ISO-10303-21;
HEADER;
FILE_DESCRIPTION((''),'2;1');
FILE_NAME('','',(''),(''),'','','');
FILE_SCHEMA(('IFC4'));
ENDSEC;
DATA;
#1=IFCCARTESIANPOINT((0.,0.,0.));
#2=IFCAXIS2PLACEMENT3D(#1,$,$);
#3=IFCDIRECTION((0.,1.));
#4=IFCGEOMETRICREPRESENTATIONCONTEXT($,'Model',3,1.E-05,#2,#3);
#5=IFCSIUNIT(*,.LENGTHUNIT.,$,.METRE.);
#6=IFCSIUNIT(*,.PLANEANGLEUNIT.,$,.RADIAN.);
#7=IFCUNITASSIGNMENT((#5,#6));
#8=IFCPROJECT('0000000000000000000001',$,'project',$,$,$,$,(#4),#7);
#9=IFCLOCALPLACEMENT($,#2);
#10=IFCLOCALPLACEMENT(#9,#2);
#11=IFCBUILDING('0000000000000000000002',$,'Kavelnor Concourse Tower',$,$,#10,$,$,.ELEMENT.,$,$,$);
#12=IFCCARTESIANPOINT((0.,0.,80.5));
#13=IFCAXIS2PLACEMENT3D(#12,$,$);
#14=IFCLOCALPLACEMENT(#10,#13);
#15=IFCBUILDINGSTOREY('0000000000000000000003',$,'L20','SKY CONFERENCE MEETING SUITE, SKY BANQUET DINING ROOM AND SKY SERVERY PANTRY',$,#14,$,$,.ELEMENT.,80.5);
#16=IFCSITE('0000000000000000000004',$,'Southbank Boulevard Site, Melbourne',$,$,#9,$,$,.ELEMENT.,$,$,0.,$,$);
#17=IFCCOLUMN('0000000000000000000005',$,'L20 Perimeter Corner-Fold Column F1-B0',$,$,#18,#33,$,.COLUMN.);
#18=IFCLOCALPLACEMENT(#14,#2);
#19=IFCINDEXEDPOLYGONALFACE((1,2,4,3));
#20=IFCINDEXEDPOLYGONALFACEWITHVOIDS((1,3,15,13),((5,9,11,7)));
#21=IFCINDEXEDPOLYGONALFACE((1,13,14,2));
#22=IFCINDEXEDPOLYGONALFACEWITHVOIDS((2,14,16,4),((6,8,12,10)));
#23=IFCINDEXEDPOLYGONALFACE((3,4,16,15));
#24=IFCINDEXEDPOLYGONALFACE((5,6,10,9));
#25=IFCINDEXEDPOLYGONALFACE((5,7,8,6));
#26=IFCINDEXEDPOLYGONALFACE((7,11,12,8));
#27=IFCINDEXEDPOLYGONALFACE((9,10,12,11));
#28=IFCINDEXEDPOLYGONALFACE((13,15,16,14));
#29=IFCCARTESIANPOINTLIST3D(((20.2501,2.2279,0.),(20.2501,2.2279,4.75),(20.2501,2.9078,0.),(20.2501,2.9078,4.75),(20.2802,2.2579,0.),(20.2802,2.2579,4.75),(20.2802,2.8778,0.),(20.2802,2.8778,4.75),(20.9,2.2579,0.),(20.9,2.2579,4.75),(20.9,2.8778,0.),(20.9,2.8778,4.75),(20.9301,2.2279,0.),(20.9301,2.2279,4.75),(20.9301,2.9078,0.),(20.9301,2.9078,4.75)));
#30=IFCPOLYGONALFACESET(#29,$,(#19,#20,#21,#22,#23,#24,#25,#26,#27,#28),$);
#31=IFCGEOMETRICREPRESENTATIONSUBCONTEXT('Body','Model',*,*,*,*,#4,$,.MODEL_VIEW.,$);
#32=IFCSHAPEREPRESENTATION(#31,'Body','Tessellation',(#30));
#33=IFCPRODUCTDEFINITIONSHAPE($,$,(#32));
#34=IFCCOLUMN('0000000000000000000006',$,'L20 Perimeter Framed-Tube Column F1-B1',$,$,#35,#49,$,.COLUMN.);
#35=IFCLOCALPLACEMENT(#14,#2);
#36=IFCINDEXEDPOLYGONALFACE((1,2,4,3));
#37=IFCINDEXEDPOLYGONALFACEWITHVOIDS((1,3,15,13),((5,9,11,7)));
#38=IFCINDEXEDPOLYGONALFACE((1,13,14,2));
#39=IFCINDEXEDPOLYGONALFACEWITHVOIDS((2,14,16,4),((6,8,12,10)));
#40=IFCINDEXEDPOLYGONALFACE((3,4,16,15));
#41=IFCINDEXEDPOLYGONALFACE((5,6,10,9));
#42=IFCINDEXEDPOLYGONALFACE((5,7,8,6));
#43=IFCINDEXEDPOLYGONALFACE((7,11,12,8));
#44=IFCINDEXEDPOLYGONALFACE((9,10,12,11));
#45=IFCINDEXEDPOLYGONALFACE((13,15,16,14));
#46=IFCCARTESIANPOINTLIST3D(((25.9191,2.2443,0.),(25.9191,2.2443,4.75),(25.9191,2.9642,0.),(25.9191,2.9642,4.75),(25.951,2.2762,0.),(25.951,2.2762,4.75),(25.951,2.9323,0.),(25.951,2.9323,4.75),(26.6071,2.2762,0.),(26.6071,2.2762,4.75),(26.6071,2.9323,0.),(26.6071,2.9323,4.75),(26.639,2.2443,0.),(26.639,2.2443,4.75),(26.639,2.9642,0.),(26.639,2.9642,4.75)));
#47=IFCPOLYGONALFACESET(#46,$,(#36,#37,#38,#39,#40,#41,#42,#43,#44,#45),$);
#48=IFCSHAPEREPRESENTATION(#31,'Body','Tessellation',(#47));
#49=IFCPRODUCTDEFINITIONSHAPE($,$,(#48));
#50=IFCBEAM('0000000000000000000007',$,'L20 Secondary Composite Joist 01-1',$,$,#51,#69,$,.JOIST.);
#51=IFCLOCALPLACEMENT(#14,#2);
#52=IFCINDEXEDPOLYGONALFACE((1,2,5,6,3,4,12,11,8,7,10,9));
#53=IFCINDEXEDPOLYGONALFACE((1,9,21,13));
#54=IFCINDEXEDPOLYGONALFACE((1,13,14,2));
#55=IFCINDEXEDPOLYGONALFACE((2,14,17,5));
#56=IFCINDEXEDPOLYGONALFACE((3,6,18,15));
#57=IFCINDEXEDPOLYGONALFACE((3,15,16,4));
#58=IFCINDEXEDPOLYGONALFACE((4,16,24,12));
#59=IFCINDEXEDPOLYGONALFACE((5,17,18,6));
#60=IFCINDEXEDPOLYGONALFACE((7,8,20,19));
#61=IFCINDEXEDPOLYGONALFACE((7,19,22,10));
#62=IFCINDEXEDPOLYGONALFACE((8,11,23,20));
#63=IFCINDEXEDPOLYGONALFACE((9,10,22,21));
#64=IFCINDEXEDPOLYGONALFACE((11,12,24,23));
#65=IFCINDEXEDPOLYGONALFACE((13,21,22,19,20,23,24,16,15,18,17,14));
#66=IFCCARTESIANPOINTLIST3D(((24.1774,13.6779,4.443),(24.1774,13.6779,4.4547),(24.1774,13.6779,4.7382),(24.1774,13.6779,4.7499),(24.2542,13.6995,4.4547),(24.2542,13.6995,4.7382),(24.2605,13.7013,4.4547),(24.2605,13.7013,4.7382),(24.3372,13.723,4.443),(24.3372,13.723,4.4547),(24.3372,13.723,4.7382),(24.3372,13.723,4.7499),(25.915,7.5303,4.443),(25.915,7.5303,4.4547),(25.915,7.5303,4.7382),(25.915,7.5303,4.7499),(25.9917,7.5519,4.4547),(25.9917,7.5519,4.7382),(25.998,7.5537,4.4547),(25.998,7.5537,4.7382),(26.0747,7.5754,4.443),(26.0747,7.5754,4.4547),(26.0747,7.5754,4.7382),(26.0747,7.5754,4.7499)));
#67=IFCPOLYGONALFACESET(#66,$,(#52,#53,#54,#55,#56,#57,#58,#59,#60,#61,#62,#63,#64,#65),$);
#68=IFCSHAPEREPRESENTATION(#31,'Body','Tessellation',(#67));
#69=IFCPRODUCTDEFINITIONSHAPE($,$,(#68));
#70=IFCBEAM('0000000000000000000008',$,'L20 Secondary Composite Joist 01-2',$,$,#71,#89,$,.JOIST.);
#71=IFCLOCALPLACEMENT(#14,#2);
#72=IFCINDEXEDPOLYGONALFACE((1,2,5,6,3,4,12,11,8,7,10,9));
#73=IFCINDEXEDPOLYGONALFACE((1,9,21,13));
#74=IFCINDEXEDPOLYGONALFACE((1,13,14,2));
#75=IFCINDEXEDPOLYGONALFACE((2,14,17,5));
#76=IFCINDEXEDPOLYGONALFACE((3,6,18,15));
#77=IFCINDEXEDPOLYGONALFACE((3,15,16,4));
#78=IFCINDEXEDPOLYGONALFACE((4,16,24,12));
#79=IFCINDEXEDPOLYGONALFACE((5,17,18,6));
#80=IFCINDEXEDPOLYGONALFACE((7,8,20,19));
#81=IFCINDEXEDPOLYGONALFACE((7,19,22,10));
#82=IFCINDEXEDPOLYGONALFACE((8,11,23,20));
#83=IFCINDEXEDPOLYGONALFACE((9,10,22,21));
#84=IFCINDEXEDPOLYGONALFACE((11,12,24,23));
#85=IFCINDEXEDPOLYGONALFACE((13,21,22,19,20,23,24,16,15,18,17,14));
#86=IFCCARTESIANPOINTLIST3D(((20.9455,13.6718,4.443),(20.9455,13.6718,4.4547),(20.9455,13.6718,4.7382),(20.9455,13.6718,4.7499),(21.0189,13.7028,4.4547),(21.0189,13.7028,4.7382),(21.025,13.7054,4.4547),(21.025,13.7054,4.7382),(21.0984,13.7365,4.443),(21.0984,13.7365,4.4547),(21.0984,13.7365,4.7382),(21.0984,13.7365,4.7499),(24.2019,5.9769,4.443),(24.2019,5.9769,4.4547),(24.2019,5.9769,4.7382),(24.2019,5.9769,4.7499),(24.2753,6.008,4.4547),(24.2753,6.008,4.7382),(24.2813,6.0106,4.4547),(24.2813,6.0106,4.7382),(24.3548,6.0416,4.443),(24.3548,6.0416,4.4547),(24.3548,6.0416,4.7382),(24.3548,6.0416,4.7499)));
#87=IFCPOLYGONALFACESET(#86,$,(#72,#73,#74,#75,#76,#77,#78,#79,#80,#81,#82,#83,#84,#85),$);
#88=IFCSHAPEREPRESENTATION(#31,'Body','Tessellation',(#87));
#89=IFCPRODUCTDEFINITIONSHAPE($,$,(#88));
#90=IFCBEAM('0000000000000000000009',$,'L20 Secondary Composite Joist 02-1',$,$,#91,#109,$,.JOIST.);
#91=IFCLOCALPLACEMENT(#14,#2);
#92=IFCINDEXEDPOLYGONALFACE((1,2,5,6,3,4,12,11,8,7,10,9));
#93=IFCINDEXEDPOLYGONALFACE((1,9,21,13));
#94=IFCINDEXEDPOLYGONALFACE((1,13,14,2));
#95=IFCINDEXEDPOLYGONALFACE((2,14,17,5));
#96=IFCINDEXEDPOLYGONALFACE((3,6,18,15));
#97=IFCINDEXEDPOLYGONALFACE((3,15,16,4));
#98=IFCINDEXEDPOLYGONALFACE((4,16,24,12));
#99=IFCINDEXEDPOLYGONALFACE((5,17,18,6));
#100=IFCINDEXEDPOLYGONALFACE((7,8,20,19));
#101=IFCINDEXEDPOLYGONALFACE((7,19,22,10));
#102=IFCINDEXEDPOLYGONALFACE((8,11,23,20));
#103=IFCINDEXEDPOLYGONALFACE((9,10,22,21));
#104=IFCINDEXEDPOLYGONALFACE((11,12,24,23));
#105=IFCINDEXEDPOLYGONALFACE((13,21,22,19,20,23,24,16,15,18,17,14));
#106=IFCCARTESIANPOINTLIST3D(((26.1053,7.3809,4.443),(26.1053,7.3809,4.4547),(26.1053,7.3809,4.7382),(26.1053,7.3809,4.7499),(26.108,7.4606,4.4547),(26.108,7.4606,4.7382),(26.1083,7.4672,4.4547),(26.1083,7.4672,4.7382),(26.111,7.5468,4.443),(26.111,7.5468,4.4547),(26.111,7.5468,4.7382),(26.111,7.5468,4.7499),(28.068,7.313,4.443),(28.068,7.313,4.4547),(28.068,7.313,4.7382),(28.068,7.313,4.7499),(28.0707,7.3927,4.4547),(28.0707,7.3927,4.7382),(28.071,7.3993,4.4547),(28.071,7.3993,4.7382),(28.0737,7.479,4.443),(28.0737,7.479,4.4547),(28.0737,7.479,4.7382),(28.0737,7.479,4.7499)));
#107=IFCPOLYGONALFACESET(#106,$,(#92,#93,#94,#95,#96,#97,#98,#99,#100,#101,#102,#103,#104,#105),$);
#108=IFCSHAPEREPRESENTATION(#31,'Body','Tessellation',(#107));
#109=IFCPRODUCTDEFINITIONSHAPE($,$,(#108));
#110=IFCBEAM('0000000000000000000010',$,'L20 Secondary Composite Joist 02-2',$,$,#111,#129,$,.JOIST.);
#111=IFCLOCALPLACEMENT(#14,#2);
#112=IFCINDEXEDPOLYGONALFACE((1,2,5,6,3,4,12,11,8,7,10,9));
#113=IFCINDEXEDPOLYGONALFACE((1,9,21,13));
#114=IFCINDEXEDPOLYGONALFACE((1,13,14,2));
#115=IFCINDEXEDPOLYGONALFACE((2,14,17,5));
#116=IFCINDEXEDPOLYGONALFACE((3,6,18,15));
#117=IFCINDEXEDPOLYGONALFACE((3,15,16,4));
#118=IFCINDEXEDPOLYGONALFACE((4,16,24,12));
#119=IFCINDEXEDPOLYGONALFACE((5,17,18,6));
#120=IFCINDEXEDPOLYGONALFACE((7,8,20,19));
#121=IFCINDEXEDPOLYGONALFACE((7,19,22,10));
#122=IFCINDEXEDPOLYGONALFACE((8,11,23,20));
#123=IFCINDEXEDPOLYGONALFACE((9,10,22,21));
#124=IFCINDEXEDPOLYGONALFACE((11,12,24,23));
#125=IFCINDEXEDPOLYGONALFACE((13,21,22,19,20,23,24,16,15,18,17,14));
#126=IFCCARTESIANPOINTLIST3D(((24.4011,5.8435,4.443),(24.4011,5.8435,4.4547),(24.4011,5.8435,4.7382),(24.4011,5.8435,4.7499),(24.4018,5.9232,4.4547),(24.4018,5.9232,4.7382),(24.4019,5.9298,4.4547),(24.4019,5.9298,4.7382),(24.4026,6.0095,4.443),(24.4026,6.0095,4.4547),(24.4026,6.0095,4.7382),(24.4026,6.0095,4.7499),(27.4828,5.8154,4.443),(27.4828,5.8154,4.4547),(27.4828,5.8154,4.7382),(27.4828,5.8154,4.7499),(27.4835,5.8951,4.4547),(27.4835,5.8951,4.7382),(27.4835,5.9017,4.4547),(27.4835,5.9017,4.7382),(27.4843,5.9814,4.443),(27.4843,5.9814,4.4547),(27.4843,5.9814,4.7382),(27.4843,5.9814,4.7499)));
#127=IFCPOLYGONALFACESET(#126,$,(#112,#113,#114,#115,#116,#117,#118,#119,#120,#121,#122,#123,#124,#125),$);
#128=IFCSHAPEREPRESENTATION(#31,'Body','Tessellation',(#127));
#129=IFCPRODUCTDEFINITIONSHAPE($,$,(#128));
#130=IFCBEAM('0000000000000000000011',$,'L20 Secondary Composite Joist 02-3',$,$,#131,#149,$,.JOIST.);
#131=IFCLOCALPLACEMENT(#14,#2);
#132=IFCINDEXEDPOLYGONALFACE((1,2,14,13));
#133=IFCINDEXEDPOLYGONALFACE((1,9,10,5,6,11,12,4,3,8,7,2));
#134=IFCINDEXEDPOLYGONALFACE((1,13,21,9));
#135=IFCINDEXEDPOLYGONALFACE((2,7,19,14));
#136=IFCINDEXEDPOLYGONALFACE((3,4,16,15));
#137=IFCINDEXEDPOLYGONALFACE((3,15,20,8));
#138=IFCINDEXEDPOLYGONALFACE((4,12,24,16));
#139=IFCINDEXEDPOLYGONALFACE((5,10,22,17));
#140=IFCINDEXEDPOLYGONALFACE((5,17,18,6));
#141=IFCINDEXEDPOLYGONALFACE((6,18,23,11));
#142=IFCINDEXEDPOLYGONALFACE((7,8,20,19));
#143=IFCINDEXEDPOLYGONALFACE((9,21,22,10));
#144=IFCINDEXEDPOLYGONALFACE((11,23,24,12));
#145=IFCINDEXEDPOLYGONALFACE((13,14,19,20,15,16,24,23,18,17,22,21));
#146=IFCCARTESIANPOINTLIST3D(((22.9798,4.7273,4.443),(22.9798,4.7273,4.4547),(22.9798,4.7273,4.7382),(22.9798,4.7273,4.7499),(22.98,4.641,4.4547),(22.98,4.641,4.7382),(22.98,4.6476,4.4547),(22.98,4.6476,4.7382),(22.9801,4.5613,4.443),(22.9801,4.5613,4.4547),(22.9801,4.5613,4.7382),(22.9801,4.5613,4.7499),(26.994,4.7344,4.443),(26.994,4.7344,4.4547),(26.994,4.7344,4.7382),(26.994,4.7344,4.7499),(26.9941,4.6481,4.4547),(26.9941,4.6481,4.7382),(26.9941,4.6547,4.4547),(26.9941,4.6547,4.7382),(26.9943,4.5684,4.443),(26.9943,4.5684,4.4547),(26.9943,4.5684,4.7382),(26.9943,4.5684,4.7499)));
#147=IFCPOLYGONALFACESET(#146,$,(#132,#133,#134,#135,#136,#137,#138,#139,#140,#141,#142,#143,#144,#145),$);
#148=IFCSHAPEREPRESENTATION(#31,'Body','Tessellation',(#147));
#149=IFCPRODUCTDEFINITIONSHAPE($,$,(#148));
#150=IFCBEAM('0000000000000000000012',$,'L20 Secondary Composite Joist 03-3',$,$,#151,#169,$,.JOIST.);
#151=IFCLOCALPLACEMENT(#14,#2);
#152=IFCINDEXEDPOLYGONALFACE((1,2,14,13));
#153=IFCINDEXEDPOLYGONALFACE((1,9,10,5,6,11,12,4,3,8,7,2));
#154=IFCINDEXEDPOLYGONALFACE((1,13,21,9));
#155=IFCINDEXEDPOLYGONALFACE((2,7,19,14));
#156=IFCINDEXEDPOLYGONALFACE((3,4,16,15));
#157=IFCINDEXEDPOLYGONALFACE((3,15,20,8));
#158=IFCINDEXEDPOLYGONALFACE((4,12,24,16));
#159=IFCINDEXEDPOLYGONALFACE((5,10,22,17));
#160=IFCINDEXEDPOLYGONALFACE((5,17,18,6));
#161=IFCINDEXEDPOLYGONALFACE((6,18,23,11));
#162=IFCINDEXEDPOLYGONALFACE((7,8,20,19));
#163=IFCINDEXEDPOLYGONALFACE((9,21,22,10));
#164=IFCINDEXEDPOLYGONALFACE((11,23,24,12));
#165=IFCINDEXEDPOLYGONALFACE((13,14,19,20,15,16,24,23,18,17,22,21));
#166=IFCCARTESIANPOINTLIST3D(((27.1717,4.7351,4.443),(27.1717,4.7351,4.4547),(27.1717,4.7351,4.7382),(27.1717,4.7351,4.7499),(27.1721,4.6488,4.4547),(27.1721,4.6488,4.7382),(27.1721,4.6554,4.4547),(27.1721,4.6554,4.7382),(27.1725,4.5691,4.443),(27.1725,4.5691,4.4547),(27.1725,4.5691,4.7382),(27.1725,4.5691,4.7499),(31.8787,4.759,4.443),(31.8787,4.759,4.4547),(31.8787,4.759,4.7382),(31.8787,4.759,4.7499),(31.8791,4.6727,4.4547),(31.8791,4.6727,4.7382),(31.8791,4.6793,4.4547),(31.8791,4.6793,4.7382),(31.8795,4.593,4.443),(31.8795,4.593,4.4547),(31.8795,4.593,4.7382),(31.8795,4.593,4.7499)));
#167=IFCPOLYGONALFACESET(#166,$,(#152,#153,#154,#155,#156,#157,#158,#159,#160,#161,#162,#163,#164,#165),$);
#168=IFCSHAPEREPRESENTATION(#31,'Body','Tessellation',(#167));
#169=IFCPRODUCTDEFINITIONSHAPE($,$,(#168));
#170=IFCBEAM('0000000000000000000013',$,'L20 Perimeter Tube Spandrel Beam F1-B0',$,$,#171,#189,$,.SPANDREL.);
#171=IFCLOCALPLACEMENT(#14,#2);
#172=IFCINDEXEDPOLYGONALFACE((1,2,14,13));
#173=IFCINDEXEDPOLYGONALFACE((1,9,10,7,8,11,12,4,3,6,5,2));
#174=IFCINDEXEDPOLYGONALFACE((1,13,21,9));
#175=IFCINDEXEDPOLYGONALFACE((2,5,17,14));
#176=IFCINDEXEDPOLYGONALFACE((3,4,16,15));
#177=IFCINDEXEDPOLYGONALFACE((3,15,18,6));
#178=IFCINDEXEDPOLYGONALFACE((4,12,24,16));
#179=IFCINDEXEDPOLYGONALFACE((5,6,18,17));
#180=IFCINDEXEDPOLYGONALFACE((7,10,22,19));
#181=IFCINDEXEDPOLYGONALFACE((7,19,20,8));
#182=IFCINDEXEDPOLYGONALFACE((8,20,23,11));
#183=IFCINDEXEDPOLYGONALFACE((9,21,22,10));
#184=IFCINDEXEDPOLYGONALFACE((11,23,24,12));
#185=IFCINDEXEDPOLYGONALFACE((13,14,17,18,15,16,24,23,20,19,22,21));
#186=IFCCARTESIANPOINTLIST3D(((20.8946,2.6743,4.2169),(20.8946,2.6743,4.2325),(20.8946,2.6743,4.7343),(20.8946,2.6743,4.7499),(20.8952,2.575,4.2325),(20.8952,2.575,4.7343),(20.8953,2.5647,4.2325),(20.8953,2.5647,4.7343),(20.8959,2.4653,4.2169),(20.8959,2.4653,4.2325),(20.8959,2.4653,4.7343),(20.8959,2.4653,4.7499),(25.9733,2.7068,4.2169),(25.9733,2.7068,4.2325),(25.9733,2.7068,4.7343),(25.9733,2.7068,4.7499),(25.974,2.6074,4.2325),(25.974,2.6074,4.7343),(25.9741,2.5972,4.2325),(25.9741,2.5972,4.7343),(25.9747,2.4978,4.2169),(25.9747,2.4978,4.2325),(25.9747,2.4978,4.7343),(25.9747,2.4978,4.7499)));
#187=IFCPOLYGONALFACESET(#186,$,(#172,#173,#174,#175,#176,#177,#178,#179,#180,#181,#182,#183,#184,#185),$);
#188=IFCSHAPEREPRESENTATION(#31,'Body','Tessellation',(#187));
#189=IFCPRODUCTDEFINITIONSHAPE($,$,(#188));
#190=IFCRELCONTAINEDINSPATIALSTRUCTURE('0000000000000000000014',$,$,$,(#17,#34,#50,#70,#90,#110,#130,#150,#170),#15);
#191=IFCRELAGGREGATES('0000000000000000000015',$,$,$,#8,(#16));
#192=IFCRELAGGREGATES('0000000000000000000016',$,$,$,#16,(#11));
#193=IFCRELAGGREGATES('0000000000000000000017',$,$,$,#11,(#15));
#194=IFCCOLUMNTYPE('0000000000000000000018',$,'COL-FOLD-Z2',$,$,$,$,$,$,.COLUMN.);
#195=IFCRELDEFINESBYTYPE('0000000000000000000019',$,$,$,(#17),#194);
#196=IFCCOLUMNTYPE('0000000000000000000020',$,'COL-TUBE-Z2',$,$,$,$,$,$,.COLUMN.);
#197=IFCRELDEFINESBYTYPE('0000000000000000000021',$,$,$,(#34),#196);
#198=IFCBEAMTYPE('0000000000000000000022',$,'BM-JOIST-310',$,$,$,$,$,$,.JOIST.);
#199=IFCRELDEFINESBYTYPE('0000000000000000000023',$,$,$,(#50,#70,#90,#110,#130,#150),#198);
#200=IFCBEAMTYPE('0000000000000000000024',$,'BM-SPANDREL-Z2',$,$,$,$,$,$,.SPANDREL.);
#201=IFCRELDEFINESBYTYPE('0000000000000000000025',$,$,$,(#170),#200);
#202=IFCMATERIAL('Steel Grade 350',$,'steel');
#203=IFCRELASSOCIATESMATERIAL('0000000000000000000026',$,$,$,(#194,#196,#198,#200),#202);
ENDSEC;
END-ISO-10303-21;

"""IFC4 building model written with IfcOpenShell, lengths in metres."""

from ifc_helpers import new_model, si_unit, direction, frame, origin, origin_2d, place, context, subcontext, project, spatial, hollow_rectangle, i_section, extrude, material, material_profile, profile_set, type_object, element, save


model = new_model("IFC4")

# Units and contexts
model_context = context("Model", 3, precision=1e-05, world=origin(), true_north=direction((0.0, 1.0)))
body_context = subcontext(model_context, "Body", "Model", "MODEL_VIEW")
ifc_project = project(units=[si_unit("LENGTHUNIT", "METRE"), si_unit("PLANEANGLEUNIT", "RADIAN")], contexts=[model_context])

# Site, building, storey
site_placement = place(None, origin())
site = spatial("IfcSite", under=ifc_project, at=site_placement, Name="Southbank Boulevard Site, Melbourne", CompositionType="ELEMENT", RefElevation=0.0)
building_placement = place(site_placement, origin())
building = spatial("IfcBuilding", under=site, at=building_placement, Name="Kavelnor Concourse Tower", CompositionType="ELEMENT")
storey_placement = place(building_placement, frame((0.0, 0.0, 80.5)))
storey = spatial("IfcBuildingStorey", under=building, at=storey_placement, Name="L20", Description="SKY CONFERENCE MEETING SUITE, SKY BANQUET DINING ROOM AND SKY SERVERY PANTRY", CompositionType="ELEMENT", Elevation=80.5)

# Columns
ifc_material_1 = material(Name="Steel Grade 350", Category="steel")
ifc_material_profile_1 = material_profile(ifc_material_1, hollow_rectangle(XDim=0.6799, YDim=0.6799, WallThickness=0.03, at=origin_2d()), Name="SHS 680x680x30")
ifc_profile_set_1 = profile_set([ifc_material_profile_1], Name="Steel Grade 350")
column_type_1 = type_object("IfcColumnType", Name="COL-FOLD-Z2", PredefinedType="COLUMN", material=ifc_profile_set_1)
column_1_placement = place(storey_placement, frame((20.5901, 2.5679, 0.0), z_axis=(0.0, 0.0, 1.0), x_axis=(1.0, 0.0, 0.0)))
element("IfcColumn", 1, at=column_1_placement, inside=storey, type_object=column_type_1, Name="L20 Perimeter Corner-Fold Column F1-B0", PredefinedType="COLUMN", context=body_context, shape_type="SweptSolid", body=[
    extrude(hollow_rectangle(XDim=0.6799, YDim=0.6799, WallThickness=0.03, at=origin_2d()), origin(), (0.0, 0.0, 1.0), 4.75),
])
ifc_material_profile_2 = material_profile(ifc_material_1, hollow_rectangle(XDim=0.72, YDim=0.72, WallThickness=0.032, at=origin_2d()), Name="SHS 720x720x32")
ifc_profile_set_2 = profile_set([ifc_material_profile_2], Name="Steel Grade 350")
column_type_2 = type_object("IfcColumnType", Name="COL-TUBE-Z2", PredefinedType="COLUMN", material=ifc_profile_set_2)
column_2_placement = place(storey_placement, frame((26.2791, 2.6042, 0.0), z_axis=(0.0, 0.0, 1.0), x_axis=(1.0, 0.0, 0.0)))
element("IfcColumn", 2, at=column_2_placement, inside=storey, type_object=column_type_2, Name="L20 Perimeter Framed-Tube Column F1-B1", PredefinedType="COLUMN", context=body_context, shape_type="SweptSolid", body=[
    extrude(hollow_rectangle(XDim=0.72, YDim=0.72, WallThickness=0.032, at=origin_2d()), origin(), (0.0, 0.0, 1.0), 4.75),
])

# Beams
ifc_material_profile_3 = material_profile(ifc_material_1, i_section(OverallWidth=0.166, OverallDepth=0.3069, WebThickness=0.0066, FlangeThickness=0.0117, at=origin_2d()), Name="310UB46")
ifc_profile_set_3 = profile_set([ifc_material_profile_3], Name="Steel Grade 350")
beam_type_1 = type_object("IfcBeamType", Name="BM-JOIST-310", PredefinedType="JOIST", material=ifc_profile_set_3)
beam_1_placement = place(storey_placement, frame((24.2573, 13.7004, 4.5964), z_axis=(0.271979, -0.962303, 0.0), x_axis=(0.962303, 0.271979, 0.0)))
element("IfcBeam", 3, at=beam_1_placement, inside=storey, type_object=beam_type_1, Name="L20 Secondary Composite Joist 01-1", PredefinedType="JOIST", context=body_context, shape_type="SweptSolid", body=[
    extrude(i_section(OverallWidth=0.166, OverallDepth=0.3069, WebThickness=0.0066, FlangeThickness=0.0117, at=origin_2d()), origin(), (0.0, 0.0, 1.0), 6.3884),
])
beam_2_placement = place(storey_placement, frame((21.022, 13.7041, 4.5964), z_axis=(0.389726, -0.920931, 0.0), x_axis=(0.920931, 0.389726, 0.0)))
element("IfcBeam", 4, at=beam_2_placement, inside=storey, type_object=beam_type_1, Name="L20 Secondary Composite Joist 01-2", PredefinedType="JOIST", context=body_context, shape_type="SweptSolid", body=[
    extrude(i_section(OverallWidth=0.166, OverallDepth=0.3069, WebThickness=0.0066, FlangeThickness=0.0117, at=origin_2d()), origin(), (0.0, 0.0, 1.0), 8.3555),
])
beam_3_placement = place(storey_placement, frame((26.1082, 7.4639, 4.5964), z_axis=(0.999403, -0.034561, 0.0), x_axis=(0.034561, 0.999403, 0.0)))
element("IfcBeam", 5, at=beam_3_placement, inside=storey, type_object=beam_type_1, Name="L20 Secondary Composite Joist 02-1", PredefinedType="JOIST", context=body_context, shape_type="SweptSolid", body=[
    extrude(i_section(OverallWidth=0.166, OverallDepth=0.3069, WebThickness=0.0066, FlangeThickness=0.0117, at=origin_2d()), origin(), (0.0, 0.0, 1.0), 1.9639),
])
beam_4_placement = place(storey_placement, frame((24.4019, 5.9265, 4.5964), z_axis=(0.999958, -0.009111, 0.0), x_axis=(0.009111, 0.999958, 0.0)))
element("IfcBeam", 6, at=beam_4_placement, inside=storey, type_object=beam_type_1, Name="L20 Secondary Composite Joist 02-2", PredefinedType="JOIST", context=body_context, shape_type="SweptSolid", body=[
    extrude(i_section(OverallWidth=0.166, OverallDepth=0.3069, WebThickness=0.0066, FlangeThickness=0.0117, at=origin_2d()), origin(), (0.0, 0.0, 1.0), 3.0818),
])
beam_5_placement = place(storey_placement, frame((22.98, 4.6443, 4.5964), z_axis=(0.999998, 0.001764, 0.0), x_axis=(-0.001764, 0.999998, 0.0)))
element("IfcBeam", 7, at=beam_5_placement, inside=storey, type_object=beam_type_1, Name="L20 Secondary Composite Joist 02-3", PredefinedType="JOIST", context=body_context, shape_type="SweptSolid", body=[
    extrude(i_section(OverallWidth=0.166, OverallDepth=0.3069, WebThickness=0.0066, FlangeThickness=0.0117, at=origin_2d()), origin(), (0.0, 0.0, 1.0), 4.0142),
])
beam_6_placement = place(storey_placement, frame((27.1721, 4.6521, 4.5964), z_axis=(0.999987, 0.005083, 0.0), x_axis=(-0.005083, 0.999987, 0.0)))
element("IfcBeam", 8, at=beam_6_placement, inside=storey, type_object=beam_type_1, Name="L20 Secondary Composite Joist 03-3", PredefinedType="JOIST", context=body_context, shape_type="SweptSolid", body=[
    extrude(i_section(OverallWidth=0.166, OverallDepth=0.3069, WebThickness=0.0066, FlangeThickness=0.0117, at=origin_2d()), origin(), (0.0, 0.0, 1.0), 4.707),
])
ifc_material_profile_4 = material_profile(ifc_material_1, i_section(OverallWidth=0.209, OverallDepth=0.533, WebThickness=0.0103, FlangeThickness=0.0156, at=origin_2d()), Name="530UB92")
ifc_profile_set_4 = profile_set([ifc_material_profile_4], Name="Steel Grade 350")
beam_type_2 = type_object("IfcBeamType", Name="BM-SPANDREL-Z2", PredefinedType="SPANDREL", material=ifc_profile_set_4)
beam_7_placement = place(storey_placement, frame((20.8953, 2.5698, 4.4834), z_axis=(0.99998, 0.006393, 0.0), x_axis=(-0.006393, 0.99998, 0.0)))
element("IfcBeam", 9, at=beam_7_placement, inside=storey, type_object=beam_type_2, Name="L20 Perimeter Tube Spandrel Beam F1-B0", PredefinedType="SPANDREL", context=body_context, shape_type="SweptSolid", body=[
    extrude(i_section(OverallWidth=0.209, OverallDepth=0.533, WebThickness=0.0103, FlangeThickness=0.0156, at=origin_2d()), origin(), (0.0, 0.0, 1.0), 5.0789),
])

save(model, "model.ifc")
